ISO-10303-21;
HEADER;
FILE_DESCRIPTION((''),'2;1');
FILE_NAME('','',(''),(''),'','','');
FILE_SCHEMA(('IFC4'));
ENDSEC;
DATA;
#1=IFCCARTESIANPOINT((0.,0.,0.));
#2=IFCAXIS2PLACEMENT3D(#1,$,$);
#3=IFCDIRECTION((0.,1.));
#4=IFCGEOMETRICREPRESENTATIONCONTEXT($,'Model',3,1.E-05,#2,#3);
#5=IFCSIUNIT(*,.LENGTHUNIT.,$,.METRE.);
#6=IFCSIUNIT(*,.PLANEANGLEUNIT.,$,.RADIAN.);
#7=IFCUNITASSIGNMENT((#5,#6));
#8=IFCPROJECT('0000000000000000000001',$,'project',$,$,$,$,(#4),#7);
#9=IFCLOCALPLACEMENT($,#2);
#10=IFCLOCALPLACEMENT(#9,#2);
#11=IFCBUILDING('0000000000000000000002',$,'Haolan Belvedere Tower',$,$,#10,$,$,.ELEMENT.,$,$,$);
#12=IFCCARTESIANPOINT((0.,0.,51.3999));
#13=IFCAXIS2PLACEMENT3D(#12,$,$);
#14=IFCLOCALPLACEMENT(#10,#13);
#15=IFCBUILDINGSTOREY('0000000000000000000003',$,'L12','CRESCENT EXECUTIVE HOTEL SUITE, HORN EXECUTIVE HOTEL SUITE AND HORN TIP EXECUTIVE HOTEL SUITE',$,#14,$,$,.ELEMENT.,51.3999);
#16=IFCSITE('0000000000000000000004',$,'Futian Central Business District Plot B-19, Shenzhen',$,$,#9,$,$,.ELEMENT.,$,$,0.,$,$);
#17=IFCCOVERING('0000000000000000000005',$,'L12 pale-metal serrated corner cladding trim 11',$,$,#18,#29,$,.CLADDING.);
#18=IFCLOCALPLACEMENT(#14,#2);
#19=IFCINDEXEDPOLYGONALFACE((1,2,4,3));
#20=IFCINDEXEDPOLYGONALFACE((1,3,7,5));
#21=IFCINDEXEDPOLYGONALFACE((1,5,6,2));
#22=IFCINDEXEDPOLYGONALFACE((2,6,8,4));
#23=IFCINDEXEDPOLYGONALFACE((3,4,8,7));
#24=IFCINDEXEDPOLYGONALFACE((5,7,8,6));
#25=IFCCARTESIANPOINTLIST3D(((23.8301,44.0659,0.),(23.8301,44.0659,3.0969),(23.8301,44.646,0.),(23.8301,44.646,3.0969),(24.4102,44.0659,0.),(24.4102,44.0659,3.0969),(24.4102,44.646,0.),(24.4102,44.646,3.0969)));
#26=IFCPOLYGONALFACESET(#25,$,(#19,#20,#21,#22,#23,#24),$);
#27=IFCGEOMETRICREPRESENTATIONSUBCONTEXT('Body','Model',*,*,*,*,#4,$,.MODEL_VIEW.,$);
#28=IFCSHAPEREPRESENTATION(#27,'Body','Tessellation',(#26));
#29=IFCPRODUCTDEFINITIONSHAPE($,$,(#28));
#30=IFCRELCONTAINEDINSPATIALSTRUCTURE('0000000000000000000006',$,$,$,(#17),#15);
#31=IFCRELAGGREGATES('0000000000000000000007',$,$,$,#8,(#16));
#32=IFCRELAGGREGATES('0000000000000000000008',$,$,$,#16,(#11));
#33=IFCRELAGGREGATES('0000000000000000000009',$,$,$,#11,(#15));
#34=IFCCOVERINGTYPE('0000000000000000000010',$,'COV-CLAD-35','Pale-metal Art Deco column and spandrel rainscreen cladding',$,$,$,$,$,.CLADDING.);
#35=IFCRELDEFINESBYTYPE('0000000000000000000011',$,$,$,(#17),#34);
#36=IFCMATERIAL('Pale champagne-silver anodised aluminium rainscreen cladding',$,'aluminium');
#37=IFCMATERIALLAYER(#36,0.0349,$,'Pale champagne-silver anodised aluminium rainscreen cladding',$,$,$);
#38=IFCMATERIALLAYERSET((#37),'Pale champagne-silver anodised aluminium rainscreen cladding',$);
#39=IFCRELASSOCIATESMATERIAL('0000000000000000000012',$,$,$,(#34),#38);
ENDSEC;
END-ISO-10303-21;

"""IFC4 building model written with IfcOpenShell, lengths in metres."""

from ifc_helpers import new_model, si_unit, direction, frame, origin, origin_2d, place, context, subcontext, project, spatial, rectangle, extrude, material, layer, layer_set, type_object, element, save


model = new_model("IFC4")

# Units and contexts
model_context = context("Model", 3, precision=1e-05, world=origin(), true_north=direction((0.0, 1.0)))
body_context = subcontext(model_context, "Body", "Model", "MODEL_VIEW")
ifc_project = project(units=[si_unit("LENGTHUNIT", "METRE"), si_unit("PLANEANGLEUNIT", "RADIAN")], contexts=[model_context])

# Site, building, storey
site_placement = place(None, origin())
site = spatial("IfcSite", under=ifc_project, at=site_placement, Name="Futian Central Business District Plot B-19, Shenzhen", CompositionType="ELEMENT", RefElevation=0.0)
building_placement = place(site_placement, origin())
building = spatial("IfcBuilding", under=site, at=building_placement, Name="Haolan Belvedere Tower", CompositionType="ELEMENT")
storey_placement = place(building_placement, frame((0.0, 0.0, 51.3999)))
storey = spatial("IfcBuildingStorey", under=building, at=storey_placement, Name="L12", Description="CRESCENT EXECUTIVE HOTEL SUITE, HORN EXECUTIVE HOTEL SUITE AND HORN TIP EXECUTIVE HOTEL SUITE", CompositionType="ELEMENT", Elevation=51.3999)

# Covering
ifc_material_1 = material(Name="Pale champagne-silver anodised aluminium rainscreen cladding", Category="aluminium")
ifc_layer_1 = layer(ifc_material_1, 0.0349, Name="Pale champagne-silver anodised aluminium rainscreen cladding")
ifc_layer_set_1 = layer_set([ifc_layer_1], Name="Pale champagne-silver anodised aluminium rainscreen cladding")
covering_type = type_object("IfcCoveringType", Name="COV-CLAD-35", Description="Pale-metal Art Deco column and spandrel rainscreen cladding", PredefinedType="CLADDING", material=ifc_layer_set_1)
covering_1_placement = place(storey_placement, frame((24.1201, 44.356, 0.0), z_axis=(0.0, 0.0, 1.0), x_axis=(1.0, 0.0, 0.0)))
element("IfcCovering", 1, at=covering_1_placement, inside=storey, type_object=covering_type, Name="L12 pale-metal serrated corner cladding trim 11", PredefinedType="CLADDING", context=body_context, shape_type="SweptSolid", body=[
    extrude(rectangle(XDim=0.5801, YDim=0.5801, at=origin_2d()), origin(), (0.0, 0.0, 1.0), 3.0969),
])

save(model, "model.ifc")
